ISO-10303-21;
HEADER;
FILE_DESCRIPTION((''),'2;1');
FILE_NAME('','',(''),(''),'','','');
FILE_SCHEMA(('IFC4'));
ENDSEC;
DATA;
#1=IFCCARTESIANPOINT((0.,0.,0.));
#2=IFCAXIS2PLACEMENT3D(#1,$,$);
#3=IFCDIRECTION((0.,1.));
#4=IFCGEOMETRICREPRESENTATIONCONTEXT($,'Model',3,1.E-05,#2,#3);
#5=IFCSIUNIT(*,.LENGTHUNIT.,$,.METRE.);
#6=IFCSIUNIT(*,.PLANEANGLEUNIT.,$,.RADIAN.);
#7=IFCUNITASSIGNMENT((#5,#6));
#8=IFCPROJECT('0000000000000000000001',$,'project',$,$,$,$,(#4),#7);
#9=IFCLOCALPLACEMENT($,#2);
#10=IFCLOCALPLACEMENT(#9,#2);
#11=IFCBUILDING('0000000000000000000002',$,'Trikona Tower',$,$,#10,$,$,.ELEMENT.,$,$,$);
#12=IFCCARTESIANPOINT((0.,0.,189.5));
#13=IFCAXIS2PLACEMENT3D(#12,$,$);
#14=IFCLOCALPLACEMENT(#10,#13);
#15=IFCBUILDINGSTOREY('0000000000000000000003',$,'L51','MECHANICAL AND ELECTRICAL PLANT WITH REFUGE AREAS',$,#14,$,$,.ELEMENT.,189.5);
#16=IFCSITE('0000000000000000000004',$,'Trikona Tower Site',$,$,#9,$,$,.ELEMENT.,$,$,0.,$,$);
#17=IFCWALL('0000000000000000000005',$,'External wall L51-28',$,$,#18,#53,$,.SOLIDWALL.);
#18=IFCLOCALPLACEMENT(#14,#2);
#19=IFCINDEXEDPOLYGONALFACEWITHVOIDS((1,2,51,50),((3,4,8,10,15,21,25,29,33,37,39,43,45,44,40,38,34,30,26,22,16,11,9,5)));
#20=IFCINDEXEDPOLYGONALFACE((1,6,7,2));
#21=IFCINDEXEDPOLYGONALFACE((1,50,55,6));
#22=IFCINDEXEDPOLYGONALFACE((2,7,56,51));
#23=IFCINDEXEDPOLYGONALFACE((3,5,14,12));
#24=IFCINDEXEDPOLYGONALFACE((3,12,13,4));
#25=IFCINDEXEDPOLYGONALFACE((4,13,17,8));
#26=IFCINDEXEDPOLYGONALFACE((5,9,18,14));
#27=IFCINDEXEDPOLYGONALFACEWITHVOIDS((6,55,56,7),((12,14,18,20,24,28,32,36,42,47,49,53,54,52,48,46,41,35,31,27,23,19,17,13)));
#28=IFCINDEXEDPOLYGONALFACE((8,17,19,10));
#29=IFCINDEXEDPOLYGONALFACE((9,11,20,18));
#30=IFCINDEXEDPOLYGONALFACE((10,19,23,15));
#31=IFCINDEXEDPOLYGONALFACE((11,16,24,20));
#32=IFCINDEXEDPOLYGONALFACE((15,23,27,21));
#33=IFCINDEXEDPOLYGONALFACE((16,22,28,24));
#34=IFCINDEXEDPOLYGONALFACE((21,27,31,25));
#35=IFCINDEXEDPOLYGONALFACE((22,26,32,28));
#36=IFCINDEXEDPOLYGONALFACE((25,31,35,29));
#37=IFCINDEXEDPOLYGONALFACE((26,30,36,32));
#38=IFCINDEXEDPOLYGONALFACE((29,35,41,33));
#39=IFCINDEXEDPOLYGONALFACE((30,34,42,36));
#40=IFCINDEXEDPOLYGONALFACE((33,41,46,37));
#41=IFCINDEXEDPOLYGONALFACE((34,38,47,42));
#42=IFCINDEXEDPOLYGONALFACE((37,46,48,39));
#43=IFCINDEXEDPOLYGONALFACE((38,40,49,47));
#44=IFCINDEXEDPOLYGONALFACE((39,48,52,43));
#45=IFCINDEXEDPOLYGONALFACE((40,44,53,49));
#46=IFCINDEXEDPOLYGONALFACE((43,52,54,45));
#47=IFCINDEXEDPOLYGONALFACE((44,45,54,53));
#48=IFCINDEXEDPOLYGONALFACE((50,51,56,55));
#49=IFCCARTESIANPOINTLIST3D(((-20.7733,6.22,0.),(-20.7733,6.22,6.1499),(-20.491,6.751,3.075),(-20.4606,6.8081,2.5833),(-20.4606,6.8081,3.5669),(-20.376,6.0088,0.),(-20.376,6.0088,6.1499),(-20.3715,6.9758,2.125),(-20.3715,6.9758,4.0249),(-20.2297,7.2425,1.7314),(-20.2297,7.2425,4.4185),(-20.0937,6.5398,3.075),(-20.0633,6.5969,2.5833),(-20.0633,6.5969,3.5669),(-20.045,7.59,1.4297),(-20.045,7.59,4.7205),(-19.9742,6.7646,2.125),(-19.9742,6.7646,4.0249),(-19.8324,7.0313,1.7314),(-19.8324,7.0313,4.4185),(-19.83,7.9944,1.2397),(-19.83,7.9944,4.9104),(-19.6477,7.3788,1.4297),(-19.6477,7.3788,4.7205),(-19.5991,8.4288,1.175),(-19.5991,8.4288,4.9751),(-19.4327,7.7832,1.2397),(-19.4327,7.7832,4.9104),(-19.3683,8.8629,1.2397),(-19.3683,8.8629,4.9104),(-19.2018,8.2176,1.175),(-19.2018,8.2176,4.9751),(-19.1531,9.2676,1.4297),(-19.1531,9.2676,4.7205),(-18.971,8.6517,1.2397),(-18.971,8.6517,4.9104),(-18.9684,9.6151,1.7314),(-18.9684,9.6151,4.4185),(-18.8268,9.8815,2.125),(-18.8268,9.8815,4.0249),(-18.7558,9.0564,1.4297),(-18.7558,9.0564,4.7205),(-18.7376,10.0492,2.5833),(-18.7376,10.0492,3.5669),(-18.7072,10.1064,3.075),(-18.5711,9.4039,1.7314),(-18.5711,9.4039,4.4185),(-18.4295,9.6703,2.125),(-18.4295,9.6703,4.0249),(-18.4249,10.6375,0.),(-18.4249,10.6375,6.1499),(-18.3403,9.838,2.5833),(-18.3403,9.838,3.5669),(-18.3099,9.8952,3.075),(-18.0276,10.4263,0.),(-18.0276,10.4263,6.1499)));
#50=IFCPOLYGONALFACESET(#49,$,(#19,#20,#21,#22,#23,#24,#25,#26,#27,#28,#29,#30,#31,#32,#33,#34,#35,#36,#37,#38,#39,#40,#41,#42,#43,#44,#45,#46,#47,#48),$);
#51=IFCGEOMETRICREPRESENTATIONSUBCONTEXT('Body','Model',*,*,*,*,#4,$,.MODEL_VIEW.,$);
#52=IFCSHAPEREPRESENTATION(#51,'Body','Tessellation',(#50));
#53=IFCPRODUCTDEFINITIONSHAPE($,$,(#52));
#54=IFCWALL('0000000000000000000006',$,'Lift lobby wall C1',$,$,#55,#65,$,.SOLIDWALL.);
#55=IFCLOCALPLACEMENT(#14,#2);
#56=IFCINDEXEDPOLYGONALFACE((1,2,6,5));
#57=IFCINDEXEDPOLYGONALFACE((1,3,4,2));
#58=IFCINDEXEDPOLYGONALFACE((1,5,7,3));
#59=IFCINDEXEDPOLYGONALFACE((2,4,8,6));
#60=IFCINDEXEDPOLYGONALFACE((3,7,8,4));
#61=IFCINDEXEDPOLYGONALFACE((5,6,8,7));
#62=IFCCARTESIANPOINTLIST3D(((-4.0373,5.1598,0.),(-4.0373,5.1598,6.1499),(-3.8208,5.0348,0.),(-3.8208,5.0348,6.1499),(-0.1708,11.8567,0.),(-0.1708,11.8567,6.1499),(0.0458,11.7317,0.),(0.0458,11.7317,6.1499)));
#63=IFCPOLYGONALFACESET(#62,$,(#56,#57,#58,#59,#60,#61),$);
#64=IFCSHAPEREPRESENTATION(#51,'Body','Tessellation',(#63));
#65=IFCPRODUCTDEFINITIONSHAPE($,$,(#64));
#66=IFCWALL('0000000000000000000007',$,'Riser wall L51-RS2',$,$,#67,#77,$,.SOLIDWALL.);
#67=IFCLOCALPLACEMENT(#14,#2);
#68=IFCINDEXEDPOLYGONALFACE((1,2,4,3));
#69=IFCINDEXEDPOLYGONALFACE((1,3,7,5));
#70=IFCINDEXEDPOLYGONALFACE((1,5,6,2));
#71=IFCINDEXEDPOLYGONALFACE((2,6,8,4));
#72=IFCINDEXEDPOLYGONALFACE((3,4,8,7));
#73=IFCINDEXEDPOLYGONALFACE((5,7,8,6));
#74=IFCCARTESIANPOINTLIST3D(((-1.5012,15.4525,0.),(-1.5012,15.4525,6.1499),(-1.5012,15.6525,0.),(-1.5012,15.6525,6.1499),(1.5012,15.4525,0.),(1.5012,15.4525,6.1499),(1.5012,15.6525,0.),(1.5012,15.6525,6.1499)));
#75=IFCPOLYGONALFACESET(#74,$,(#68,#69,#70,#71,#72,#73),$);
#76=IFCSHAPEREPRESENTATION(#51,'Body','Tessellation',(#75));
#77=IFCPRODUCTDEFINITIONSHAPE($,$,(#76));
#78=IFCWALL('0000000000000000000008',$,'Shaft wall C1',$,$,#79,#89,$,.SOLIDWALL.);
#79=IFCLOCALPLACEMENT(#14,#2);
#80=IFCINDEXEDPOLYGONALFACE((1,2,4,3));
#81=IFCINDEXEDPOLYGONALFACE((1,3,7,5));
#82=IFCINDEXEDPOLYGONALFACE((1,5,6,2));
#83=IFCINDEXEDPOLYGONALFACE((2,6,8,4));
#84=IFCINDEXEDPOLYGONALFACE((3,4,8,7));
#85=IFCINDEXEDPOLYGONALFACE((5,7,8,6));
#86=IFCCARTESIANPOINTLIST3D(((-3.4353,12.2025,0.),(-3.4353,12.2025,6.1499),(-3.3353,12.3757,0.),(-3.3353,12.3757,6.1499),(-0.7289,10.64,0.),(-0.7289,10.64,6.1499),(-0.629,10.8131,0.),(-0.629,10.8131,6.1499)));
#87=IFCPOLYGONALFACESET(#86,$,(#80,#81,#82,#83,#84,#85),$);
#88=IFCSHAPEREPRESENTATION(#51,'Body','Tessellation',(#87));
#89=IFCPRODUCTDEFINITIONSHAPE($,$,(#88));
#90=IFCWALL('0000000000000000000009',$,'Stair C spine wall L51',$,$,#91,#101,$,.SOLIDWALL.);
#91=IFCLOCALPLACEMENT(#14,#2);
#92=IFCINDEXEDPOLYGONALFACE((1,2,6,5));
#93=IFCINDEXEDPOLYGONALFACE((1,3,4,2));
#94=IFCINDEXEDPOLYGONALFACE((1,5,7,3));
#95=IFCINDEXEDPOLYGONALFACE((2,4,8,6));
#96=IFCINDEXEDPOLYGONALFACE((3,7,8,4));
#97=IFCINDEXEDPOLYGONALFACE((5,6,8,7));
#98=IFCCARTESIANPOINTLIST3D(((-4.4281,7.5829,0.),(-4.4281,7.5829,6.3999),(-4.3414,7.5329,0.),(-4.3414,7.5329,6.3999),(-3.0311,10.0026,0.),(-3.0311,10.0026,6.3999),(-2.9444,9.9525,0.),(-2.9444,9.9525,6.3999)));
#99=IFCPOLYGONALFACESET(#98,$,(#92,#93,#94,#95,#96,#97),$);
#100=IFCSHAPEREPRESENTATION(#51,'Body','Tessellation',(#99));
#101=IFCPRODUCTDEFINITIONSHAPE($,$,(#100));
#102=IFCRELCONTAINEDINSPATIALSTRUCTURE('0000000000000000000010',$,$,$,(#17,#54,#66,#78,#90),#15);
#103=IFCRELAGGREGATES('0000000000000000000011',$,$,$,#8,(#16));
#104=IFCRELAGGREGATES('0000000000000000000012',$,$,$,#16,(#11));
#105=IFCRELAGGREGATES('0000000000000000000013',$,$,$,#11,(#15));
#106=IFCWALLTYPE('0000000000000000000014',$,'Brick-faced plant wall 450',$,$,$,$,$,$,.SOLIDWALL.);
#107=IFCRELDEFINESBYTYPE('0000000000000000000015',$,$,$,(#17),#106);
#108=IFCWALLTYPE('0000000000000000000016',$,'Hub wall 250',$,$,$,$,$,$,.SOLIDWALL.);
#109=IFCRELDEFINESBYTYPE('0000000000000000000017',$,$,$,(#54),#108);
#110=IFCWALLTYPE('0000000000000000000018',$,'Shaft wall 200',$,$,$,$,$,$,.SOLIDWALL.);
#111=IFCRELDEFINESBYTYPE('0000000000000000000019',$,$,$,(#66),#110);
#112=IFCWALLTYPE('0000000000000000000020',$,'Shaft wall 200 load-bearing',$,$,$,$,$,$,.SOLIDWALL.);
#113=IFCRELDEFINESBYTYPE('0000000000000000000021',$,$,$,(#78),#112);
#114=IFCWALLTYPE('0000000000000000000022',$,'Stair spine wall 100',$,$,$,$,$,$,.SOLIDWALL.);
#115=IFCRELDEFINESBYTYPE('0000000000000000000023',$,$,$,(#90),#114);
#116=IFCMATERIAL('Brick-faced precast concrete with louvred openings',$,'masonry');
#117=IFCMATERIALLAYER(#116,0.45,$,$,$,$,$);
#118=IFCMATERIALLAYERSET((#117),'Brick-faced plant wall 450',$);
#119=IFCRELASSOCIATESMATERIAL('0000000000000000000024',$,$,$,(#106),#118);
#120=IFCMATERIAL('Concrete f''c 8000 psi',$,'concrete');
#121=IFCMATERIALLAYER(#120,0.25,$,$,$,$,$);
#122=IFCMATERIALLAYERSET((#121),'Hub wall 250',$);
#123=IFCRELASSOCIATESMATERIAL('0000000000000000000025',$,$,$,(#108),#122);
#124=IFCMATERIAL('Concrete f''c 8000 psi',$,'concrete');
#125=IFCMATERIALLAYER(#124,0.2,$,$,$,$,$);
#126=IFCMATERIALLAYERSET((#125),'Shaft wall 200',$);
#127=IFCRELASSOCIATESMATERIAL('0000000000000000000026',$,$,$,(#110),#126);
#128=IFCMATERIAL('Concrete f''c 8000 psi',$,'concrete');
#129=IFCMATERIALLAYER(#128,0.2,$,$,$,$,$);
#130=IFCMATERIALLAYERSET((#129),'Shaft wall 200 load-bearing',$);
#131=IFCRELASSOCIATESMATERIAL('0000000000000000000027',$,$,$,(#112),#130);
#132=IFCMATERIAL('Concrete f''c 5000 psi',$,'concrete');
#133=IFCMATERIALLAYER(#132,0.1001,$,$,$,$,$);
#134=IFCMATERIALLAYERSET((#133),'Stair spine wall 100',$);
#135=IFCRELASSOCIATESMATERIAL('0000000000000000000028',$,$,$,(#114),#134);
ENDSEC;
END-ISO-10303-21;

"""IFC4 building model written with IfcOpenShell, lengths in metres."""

from ifc_helpers import new_model, si_unit, direction, frame, frame_2d, origin, place, context, subcontext, project, spatial, polyline, rectangle, outline, extrude, material, layer, layer_set, type_object, element, save


model = new_model("IFC4")

# Units and contexts
model_context = context("Model", 3, precision=1e-05, world=origin(), true_north=direction((0.0, 1.0)))
body_context = subcontext(model_context, "Body", "Model", "MODEL_VIEW")
ifc_project = project(units=[si_unit("LENGTHUNIT", "METRE"), si_unit("PLANEANGLEUNIT", "RADIAN")], contexts=[model_context])

# Site, building, storey
site_placement = place(None, origin())
site = spatial("IfcSite", under=ifc_project, at=site_placement, Name="Trikona Tower Site", CompositionType="ELEMENT", RefElevation=0.0)
building_placement = place(site_placement, origin())
building = spatial("IfcBuilding", under=site, at=building_placement, Name="Trikona Tower", CompositionType="ELEMENT")
storey_placement = place(building_placement, frame((0.0, 0.0, 189.5)))
storey = spatial("IfcBuildingStorey", under=building, at=storey_placement, Name="L51", Description="MECHANICAL AND ELECTRICAL PLANT WITH REFUGE AREAS", CompositionType="ELEMENT", Elevation=189.5)

# Walls
ifc_material_1 = material(Name="Brick-faced precast concrete with louvred openings", Category="masonry")
ifc_layer_1 = layer(ifc_material_1, 0.45)
ifc_layer_set_1 = layer_set([ifc_layer_1], Name="Brick-faced plant wall 450")
wall_type_1 = type_object("IfcWallType", Name="Brick-faced plant wall 450", PredefinedType="SOLIDWALL", material=ifc_layer_set_1)
wall_1_placement = place(storey_placement, frame((-18.2263, 10.532, 0.0), z_axis=(0.0, 0.0, 1.0), x_axis=(-0.469405, -0.882983, 0.0)))
element("IfcWall", 1, at=wall_1_placement, inside=storey, type_object=wall_type_1, Name="External wall L51-28", PredefinedType="SOLIDWALL", context=body_context, shape_type="SweptSolid", body=[
    extrude(outline(polyline([(0.0, 0.0), (5.0029, 0.0), (5.0029, 6.1499), (0.0, 6.1499), (0.0, 0.0)]), holes=[polyline([(4.4016, 3.075), (4.3369, 3.5669), (4.147, 4.0249), (3.845, 4.4185), (3.4514, 4.7205), (2.9934, 4.9104), (2.5015, 4.9751), (2.0098, 4.9104), (1.5515, 4.7205), (1.158, 4.4185), (0.8562, 4.0249), (0.6663, 3.5669), (0.6016, 3.075), (0.6663, 2.5833), (0.8562, 2.125), (1.158, 1.7314), (1.5515, 1.4297), (2.0098, 1.2397), (2.5015, 1.175), (2.9934, 1.2397), (3.4514, 1.4297), (3.845, 1.7314), (4.147, 2.125), (4.3369, 2.5833), (4.4016, 3.075)])]), frame((0.0, 0.2251, 0.0), z_axis=(0.0, -1.0, 0.0), x_axis=(1.0, 0.0, 0.0)), (0.0, 0.0, 1.0), 0.45),
])
ifc_material_2 = material(Name="Concrete f'c 8000 psi", Category="concrete")
ifc_layer_2 = layer(ifc_material_2, 0.25)
ifc_layer_set_2 = layer_set([ifc_layer_2], Name="Hub wall 250")
wall_type_2 = type_object("IfcWallType", Name="Hub wall 250", PredefinedType="SOLIDWALL", material=ifc_layer_set_2)
wall_2_placement = place(storey_placement, frame((-0.0625, 11.7942, 0.0), z_axis=(0.0, 0.0, 1.0), x_axis=(-0.500007, -0.866022, 0.0)))
element("IfcWall", 2, at=wall_2_placement, inside=storey, type_object=wall_type_2, Name="Lift lobby wall C1", PredefinedType="SOLIDWALL", context=body_context, shape_type="SweptSolid", body=[
    extrude(rectangle(XDim=7.7329, YDim=0.25, at=frame_2d((3.8665, 0.0))), origin(), (0.0, 0.0, 1.0), 6.1499),
])
ifc_material_3 = material(Name="Concrete f'c 8000 psi", Category="concrete")
ifc_layer_3 = layer(ifc_material_3, 0.2)
ifc_layer_set_3 = layer_set([ifc_layer_3], Name="Shaft wall 200")
wall_type_3 = type_object("IfcWallType", Name="Shaft wall 200", PredefinedType="SOLIDWALL", material=ifc_layer_set_3)
wall_3_placement = place(storey_placement, frame((-1.5012, 15.5525, 0.0), z_axis=(0.0, 0.0, 1.0), x_axis=(1.0, 0.0, 0.0)))
element("IfcWall", 3, at=wall_3_placement, inside=storey, type_object=wall_type_3, Name="Riser wall L51-RS2", PredefinedType="SOLIDWALL", context=body_context, shape_type="SweptSolid", body=[
    extrude(rectangle(XDim=3.0024, YDim=0.2, at=frame_2d((1.5012, 0.0))), origin(), (0.0, 0.0, 1.0), 6.1499),
])
ifc_material_4 = material(Name="Concrete f'c 8000 psi", Category="concrete")
ifc_layer_4 = layer(ifc_material_4, 0.2)
ifc_layer_set_4 = layer_set([ifc_layer_4], Name="Shaft wall 200 load-bearing")
wall_type_4 = type_object("IfcWallType", Name="Shaft wall 200 load-bearing", PredefinedType="SOLIDWALL", material=ifc_layer_set_4)
wall_4_placement = place(storey_placement, frame((-0.679, 10.7266, 0.0), z_axis=(0.0, 0.0, 1.0), x_axis=(-0.866023, 0.500004, 0.0)))
element("IfcWall", 4, at=wall_4_placement, inside=storey, type_object=wall_type_4, Name="Shaft wall C1", PredefinedType="SOLIDWALL", context=body_context, shape_type="SweptSolid", body=[
    extrude(rectangle(XDim=3.125, YDim=0.2, at=frame_2d((1.5625, 0.0))), origin(), (0.0, 0.0, 1.0), 6.1499),
])
ifc_material_5 = material(Name="Concrete f'c 5000 psi", Category="concrete")
ifc_layer_5 = layer(ifc_material_5, 0.1001)
ifc_layer_set_5 = layer_set([ifc_layer_5], Name="Stair spine wall 100")
wall_type_5 = type_object("IfcWallType", Name="Stair spine wall 100", PredefinedType="SOLIDWALL", material=ifc_layer_set_5)
wall_5_placement = place(storey_placement, frame((-2.9878, 9.9775, 0.0), z_axis=(0.0, 0.0, 1.0), x_axis=(-0.499992, -0.86603, 0.0)))
element("IfcWall", 5, at=wall_5_placement, inside=storey, type_object=wall_type_5, Name="Stair C spine wall L51", PredefinedType="SOLIDWALL", context=body_context, shape_type="SweptSolid", body=[
    extrude(rectangle(XDim=2.7939, YDim=0.1001, at=frame_2d((1.397, 0.0))), origin(), (0.0, 0.0, 1.0), 6.3999),
])

save(model, "model.ifc")
